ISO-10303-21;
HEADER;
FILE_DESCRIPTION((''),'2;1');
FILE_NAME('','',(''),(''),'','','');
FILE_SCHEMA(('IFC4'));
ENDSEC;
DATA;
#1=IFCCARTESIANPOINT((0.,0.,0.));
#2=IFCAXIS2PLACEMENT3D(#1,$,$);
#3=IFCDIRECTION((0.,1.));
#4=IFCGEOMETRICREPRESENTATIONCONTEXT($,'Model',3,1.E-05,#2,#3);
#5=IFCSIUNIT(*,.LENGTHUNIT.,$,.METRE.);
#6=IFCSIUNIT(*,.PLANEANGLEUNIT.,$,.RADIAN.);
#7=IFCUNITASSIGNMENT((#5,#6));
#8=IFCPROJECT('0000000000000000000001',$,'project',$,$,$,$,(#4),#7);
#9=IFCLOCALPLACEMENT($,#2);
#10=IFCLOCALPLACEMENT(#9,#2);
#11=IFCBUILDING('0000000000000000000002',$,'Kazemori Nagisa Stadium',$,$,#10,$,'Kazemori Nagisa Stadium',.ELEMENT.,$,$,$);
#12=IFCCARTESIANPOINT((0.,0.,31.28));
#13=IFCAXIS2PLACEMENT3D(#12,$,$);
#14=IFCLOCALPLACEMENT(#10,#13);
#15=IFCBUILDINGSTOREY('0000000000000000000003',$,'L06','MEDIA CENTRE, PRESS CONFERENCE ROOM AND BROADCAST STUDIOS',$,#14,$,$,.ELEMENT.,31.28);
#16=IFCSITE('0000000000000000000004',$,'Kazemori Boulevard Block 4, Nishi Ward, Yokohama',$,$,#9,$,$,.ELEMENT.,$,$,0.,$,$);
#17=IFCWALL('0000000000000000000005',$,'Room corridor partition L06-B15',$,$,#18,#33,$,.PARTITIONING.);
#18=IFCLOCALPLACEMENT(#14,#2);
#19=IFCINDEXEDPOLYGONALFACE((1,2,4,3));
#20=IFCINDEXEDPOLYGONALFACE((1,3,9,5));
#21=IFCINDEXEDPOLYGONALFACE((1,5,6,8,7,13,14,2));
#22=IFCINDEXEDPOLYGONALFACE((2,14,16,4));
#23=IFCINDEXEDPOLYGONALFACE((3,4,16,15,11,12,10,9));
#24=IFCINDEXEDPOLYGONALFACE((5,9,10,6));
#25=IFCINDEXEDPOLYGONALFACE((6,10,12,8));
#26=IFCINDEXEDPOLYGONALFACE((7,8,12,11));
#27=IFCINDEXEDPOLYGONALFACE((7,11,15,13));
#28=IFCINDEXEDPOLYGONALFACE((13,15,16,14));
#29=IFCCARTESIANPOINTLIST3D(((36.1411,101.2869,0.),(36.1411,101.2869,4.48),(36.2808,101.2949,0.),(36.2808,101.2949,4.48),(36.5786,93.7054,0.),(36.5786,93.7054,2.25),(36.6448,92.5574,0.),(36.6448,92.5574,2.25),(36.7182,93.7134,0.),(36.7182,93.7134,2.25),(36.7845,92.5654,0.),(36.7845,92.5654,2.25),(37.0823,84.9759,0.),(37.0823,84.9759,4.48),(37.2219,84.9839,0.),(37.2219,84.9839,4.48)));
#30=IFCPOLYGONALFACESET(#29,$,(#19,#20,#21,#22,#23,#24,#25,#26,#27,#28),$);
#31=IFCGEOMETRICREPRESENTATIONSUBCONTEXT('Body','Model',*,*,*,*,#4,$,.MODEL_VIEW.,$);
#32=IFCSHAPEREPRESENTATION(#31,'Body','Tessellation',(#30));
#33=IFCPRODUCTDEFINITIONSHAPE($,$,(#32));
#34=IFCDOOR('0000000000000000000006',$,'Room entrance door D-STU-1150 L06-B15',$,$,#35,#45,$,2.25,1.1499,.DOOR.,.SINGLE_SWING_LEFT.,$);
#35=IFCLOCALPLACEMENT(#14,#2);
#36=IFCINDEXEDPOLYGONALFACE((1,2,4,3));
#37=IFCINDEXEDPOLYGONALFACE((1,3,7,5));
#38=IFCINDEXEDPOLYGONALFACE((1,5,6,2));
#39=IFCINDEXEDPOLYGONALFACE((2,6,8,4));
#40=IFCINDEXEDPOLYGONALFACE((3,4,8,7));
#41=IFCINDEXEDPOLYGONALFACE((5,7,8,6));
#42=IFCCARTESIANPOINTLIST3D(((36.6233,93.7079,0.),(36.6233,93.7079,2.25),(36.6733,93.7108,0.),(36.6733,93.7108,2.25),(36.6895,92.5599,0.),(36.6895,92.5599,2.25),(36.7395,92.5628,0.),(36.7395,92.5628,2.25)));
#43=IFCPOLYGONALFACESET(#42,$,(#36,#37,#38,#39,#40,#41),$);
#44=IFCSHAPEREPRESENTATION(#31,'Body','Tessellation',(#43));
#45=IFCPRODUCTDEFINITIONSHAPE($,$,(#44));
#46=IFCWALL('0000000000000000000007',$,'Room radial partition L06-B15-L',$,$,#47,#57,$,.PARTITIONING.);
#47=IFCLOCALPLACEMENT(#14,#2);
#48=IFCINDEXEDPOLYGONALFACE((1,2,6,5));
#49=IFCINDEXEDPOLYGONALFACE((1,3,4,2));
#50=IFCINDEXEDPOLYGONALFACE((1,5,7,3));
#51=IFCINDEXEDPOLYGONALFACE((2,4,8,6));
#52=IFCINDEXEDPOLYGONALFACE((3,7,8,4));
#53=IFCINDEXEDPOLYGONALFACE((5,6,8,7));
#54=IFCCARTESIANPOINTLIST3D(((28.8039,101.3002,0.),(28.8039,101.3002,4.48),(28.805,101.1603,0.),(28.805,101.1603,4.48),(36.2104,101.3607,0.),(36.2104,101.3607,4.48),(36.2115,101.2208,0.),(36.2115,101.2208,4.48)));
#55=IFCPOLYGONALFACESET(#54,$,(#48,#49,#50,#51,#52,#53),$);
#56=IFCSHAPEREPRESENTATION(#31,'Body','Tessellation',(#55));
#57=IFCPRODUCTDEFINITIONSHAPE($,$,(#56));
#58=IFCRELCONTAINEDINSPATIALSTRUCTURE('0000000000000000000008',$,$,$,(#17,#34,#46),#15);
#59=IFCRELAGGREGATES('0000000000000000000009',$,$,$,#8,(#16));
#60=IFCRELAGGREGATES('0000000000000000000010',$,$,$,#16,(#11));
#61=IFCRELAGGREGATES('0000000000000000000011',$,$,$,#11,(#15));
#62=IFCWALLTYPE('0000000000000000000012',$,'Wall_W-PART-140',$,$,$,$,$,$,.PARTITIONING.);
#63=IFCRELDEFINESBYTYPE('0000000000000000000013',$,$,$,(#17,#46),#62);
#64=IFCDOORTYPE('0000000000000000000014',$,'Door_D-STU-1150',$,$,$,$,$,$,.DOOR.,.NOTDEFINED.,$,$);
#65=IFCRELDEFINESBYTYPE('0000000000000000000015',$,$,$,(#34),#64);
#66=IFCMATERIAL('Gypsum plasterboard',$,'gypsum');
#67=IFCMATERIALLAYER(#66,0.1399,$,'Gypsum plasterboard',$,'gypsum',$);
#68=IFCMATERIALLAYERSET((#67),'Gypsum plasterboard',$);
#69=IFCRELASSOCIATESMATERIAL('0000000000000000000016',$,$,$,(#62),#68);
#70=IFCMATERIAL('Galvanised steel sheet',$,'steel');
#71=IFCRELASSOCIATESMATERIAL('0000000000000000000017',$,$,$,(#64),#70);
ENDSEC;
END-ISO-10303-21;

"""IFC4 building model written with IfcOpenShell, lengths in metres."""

from ifc_helpers import new_model, si_unit, direction, frame, frame_2d, origin, place, context, subcontext, project, spatial, rectangle, extrude, material, layer, layer_set, type_object, element, fill, save


model = new_model("IFC4")

# Units and contexts
model_context = context("Model", 3, precision=1e-05, world=origin(), true_north=direction((0.0, 1.0)))
body_context = subcontext(model_context, "Body", "Model", "MODEL_VIEW")
ifc_project = project(units=[si_unit("LENGTHUNIT", "METRE"), si_unit("PLANEANGLEUNIT", "RADIAN")], contexts=[model_context])

# Site, building, storey
site_placement = place(None, origin())
site = spatial("IfcSite", under=ifc_project, at=site_placement, Name="Kazemori Boulevard Block 4, Nishi Ward, Yokohama", CompositionType="ELEMENT", RefElevation=0.0)
building_placement = place(site_placement, origin())
building = spatial("IfcBuilding", under=site, at=building_placement, Name="Kazemori Nagisa Stadium", LongName="Kazemori Nagisa Stadium", CompositionType="ELEMENT")
storey_placement = place(building_placement, frame((0.0, 0.0, 31.28)))
storey = spatial("IfcBuildingStorey", under=building, at=storey_placement, Name="L06", Description="MEDIA CENTRE, PRESS CONFERENCE ROOM AND BROADCAST STUDIOS", CompositionType="ELEMENT", Elevation=31.28)

# Wall, opening, door
ifc_material_1 = material(Name="Gypsum plasterboard", Category="gypsum")
ifc_layer_1 = layer(ifc_material_1, 0.1399, Name="Gypsum plasterboard", Category="gypsum")
ifc_layer_set_1 = layer_set([ifc_layer_1], Name="Gypsum plasterboard")
wall_type = type_object("IfcWallType", Name="Wall_W-PART-140", PredefinedType="PARTITIONING", material=ifc_layer_set_1)
wall_1_placement = place(storey_placement, frame((36.2109, 101.2908, 0.0), z_axis=(0.0, 0.0, 1.0), x_axis=(0.057605, -0.998339, 0.0)))
wall_1 = element("IfcWall", 1, at=wall_1_placement, inside=storey, type_object=wall_type, Name="Room corridor partition L06-B15", PredefinedType="PARTITIONING", context=body_context, shape_type="SweptSolid", body=[
    extrude(rectangle(XDim=16.3381, YDim=0.1399, at=frame_2d((8.1689, 0.0))), origin(), (0.0, 0.0, 1.0), 4.48),
])
opening_placement = place(wall_1_placement, frame((7.594, 0.0, 0.0)))
opening = element("IfcOpeningElement", 2, at=opening_placement, cuts=wall_1, PredefinedType="OPENING", context=body_context, shape_type="SweptSolid", body=[
    extrude(rectangle(XDim=1.1499, YDim=2.25, at=frame_2d((0.575, 1.125))), frame((0.0, 0.0798, 0.0), z_axis=(0.0, -1.0, 0.0), x_axis=(1.0, 0.0, 0.0)), (0.0, 0.0, 1.0), 0.1599),
])
ifc_material_2 = material(Name="Galvanised steel sheet", Category="steel")
door_type = type_object("IfcDoorType", Name="Door_D-STU-1150", OperationType="NOTDEFINED", PredefinedType="DOOR", material=ifc_material_2)
door_placement = place(opening_placement, origin())
door = element("IfcDoor", 3, at=door_placement, inside=storey, type_object=door_type, Name="Room entrance door D-STU-1150 L06-B15", OperationType="SINGLE_SWING_LEFT", OverallHeight=2.25, OverallWidth=1.1499, PredefinedType="DOOR", context=body_context, shape_type="SweptSolid", body=[
    extrude(rectangle(XDim=1.1499, YDim=2.25, at=frame_2d((0.575, 1.125))), frame((0.0, 0.0249, 0.0), z_axis=(0.0, -1.0, 0.0), x_axis=(1.0, 0.0, 0.0)), (0.0, 0.0, 1.0), 0.05),
])
fill(opening, door)

# Wall
wall_2_placement = place(storey_placement, frame((36.2109, 101.2908, 0.0), z_axis=(0.0, 0.0, 1.0), x_axis=(-0.999967, -0.008175, 0.0)))
element("IfcWall", 4, at=wall_2_placement, inside=storey, type_object=wall_type, Name="Room radial partition L06-B15-L", PredefinedType="PARTITIONING", context=body_context, shape_type="SweptSolid", body=[
    extrude(rectangle(XDim=7.4067, YDim=0.1399, at=frame_2d((3.7034, 0.0))), origin(), (0.0, 0.0, 1.0), 4.48),
])

save(model, "model.ifc")
